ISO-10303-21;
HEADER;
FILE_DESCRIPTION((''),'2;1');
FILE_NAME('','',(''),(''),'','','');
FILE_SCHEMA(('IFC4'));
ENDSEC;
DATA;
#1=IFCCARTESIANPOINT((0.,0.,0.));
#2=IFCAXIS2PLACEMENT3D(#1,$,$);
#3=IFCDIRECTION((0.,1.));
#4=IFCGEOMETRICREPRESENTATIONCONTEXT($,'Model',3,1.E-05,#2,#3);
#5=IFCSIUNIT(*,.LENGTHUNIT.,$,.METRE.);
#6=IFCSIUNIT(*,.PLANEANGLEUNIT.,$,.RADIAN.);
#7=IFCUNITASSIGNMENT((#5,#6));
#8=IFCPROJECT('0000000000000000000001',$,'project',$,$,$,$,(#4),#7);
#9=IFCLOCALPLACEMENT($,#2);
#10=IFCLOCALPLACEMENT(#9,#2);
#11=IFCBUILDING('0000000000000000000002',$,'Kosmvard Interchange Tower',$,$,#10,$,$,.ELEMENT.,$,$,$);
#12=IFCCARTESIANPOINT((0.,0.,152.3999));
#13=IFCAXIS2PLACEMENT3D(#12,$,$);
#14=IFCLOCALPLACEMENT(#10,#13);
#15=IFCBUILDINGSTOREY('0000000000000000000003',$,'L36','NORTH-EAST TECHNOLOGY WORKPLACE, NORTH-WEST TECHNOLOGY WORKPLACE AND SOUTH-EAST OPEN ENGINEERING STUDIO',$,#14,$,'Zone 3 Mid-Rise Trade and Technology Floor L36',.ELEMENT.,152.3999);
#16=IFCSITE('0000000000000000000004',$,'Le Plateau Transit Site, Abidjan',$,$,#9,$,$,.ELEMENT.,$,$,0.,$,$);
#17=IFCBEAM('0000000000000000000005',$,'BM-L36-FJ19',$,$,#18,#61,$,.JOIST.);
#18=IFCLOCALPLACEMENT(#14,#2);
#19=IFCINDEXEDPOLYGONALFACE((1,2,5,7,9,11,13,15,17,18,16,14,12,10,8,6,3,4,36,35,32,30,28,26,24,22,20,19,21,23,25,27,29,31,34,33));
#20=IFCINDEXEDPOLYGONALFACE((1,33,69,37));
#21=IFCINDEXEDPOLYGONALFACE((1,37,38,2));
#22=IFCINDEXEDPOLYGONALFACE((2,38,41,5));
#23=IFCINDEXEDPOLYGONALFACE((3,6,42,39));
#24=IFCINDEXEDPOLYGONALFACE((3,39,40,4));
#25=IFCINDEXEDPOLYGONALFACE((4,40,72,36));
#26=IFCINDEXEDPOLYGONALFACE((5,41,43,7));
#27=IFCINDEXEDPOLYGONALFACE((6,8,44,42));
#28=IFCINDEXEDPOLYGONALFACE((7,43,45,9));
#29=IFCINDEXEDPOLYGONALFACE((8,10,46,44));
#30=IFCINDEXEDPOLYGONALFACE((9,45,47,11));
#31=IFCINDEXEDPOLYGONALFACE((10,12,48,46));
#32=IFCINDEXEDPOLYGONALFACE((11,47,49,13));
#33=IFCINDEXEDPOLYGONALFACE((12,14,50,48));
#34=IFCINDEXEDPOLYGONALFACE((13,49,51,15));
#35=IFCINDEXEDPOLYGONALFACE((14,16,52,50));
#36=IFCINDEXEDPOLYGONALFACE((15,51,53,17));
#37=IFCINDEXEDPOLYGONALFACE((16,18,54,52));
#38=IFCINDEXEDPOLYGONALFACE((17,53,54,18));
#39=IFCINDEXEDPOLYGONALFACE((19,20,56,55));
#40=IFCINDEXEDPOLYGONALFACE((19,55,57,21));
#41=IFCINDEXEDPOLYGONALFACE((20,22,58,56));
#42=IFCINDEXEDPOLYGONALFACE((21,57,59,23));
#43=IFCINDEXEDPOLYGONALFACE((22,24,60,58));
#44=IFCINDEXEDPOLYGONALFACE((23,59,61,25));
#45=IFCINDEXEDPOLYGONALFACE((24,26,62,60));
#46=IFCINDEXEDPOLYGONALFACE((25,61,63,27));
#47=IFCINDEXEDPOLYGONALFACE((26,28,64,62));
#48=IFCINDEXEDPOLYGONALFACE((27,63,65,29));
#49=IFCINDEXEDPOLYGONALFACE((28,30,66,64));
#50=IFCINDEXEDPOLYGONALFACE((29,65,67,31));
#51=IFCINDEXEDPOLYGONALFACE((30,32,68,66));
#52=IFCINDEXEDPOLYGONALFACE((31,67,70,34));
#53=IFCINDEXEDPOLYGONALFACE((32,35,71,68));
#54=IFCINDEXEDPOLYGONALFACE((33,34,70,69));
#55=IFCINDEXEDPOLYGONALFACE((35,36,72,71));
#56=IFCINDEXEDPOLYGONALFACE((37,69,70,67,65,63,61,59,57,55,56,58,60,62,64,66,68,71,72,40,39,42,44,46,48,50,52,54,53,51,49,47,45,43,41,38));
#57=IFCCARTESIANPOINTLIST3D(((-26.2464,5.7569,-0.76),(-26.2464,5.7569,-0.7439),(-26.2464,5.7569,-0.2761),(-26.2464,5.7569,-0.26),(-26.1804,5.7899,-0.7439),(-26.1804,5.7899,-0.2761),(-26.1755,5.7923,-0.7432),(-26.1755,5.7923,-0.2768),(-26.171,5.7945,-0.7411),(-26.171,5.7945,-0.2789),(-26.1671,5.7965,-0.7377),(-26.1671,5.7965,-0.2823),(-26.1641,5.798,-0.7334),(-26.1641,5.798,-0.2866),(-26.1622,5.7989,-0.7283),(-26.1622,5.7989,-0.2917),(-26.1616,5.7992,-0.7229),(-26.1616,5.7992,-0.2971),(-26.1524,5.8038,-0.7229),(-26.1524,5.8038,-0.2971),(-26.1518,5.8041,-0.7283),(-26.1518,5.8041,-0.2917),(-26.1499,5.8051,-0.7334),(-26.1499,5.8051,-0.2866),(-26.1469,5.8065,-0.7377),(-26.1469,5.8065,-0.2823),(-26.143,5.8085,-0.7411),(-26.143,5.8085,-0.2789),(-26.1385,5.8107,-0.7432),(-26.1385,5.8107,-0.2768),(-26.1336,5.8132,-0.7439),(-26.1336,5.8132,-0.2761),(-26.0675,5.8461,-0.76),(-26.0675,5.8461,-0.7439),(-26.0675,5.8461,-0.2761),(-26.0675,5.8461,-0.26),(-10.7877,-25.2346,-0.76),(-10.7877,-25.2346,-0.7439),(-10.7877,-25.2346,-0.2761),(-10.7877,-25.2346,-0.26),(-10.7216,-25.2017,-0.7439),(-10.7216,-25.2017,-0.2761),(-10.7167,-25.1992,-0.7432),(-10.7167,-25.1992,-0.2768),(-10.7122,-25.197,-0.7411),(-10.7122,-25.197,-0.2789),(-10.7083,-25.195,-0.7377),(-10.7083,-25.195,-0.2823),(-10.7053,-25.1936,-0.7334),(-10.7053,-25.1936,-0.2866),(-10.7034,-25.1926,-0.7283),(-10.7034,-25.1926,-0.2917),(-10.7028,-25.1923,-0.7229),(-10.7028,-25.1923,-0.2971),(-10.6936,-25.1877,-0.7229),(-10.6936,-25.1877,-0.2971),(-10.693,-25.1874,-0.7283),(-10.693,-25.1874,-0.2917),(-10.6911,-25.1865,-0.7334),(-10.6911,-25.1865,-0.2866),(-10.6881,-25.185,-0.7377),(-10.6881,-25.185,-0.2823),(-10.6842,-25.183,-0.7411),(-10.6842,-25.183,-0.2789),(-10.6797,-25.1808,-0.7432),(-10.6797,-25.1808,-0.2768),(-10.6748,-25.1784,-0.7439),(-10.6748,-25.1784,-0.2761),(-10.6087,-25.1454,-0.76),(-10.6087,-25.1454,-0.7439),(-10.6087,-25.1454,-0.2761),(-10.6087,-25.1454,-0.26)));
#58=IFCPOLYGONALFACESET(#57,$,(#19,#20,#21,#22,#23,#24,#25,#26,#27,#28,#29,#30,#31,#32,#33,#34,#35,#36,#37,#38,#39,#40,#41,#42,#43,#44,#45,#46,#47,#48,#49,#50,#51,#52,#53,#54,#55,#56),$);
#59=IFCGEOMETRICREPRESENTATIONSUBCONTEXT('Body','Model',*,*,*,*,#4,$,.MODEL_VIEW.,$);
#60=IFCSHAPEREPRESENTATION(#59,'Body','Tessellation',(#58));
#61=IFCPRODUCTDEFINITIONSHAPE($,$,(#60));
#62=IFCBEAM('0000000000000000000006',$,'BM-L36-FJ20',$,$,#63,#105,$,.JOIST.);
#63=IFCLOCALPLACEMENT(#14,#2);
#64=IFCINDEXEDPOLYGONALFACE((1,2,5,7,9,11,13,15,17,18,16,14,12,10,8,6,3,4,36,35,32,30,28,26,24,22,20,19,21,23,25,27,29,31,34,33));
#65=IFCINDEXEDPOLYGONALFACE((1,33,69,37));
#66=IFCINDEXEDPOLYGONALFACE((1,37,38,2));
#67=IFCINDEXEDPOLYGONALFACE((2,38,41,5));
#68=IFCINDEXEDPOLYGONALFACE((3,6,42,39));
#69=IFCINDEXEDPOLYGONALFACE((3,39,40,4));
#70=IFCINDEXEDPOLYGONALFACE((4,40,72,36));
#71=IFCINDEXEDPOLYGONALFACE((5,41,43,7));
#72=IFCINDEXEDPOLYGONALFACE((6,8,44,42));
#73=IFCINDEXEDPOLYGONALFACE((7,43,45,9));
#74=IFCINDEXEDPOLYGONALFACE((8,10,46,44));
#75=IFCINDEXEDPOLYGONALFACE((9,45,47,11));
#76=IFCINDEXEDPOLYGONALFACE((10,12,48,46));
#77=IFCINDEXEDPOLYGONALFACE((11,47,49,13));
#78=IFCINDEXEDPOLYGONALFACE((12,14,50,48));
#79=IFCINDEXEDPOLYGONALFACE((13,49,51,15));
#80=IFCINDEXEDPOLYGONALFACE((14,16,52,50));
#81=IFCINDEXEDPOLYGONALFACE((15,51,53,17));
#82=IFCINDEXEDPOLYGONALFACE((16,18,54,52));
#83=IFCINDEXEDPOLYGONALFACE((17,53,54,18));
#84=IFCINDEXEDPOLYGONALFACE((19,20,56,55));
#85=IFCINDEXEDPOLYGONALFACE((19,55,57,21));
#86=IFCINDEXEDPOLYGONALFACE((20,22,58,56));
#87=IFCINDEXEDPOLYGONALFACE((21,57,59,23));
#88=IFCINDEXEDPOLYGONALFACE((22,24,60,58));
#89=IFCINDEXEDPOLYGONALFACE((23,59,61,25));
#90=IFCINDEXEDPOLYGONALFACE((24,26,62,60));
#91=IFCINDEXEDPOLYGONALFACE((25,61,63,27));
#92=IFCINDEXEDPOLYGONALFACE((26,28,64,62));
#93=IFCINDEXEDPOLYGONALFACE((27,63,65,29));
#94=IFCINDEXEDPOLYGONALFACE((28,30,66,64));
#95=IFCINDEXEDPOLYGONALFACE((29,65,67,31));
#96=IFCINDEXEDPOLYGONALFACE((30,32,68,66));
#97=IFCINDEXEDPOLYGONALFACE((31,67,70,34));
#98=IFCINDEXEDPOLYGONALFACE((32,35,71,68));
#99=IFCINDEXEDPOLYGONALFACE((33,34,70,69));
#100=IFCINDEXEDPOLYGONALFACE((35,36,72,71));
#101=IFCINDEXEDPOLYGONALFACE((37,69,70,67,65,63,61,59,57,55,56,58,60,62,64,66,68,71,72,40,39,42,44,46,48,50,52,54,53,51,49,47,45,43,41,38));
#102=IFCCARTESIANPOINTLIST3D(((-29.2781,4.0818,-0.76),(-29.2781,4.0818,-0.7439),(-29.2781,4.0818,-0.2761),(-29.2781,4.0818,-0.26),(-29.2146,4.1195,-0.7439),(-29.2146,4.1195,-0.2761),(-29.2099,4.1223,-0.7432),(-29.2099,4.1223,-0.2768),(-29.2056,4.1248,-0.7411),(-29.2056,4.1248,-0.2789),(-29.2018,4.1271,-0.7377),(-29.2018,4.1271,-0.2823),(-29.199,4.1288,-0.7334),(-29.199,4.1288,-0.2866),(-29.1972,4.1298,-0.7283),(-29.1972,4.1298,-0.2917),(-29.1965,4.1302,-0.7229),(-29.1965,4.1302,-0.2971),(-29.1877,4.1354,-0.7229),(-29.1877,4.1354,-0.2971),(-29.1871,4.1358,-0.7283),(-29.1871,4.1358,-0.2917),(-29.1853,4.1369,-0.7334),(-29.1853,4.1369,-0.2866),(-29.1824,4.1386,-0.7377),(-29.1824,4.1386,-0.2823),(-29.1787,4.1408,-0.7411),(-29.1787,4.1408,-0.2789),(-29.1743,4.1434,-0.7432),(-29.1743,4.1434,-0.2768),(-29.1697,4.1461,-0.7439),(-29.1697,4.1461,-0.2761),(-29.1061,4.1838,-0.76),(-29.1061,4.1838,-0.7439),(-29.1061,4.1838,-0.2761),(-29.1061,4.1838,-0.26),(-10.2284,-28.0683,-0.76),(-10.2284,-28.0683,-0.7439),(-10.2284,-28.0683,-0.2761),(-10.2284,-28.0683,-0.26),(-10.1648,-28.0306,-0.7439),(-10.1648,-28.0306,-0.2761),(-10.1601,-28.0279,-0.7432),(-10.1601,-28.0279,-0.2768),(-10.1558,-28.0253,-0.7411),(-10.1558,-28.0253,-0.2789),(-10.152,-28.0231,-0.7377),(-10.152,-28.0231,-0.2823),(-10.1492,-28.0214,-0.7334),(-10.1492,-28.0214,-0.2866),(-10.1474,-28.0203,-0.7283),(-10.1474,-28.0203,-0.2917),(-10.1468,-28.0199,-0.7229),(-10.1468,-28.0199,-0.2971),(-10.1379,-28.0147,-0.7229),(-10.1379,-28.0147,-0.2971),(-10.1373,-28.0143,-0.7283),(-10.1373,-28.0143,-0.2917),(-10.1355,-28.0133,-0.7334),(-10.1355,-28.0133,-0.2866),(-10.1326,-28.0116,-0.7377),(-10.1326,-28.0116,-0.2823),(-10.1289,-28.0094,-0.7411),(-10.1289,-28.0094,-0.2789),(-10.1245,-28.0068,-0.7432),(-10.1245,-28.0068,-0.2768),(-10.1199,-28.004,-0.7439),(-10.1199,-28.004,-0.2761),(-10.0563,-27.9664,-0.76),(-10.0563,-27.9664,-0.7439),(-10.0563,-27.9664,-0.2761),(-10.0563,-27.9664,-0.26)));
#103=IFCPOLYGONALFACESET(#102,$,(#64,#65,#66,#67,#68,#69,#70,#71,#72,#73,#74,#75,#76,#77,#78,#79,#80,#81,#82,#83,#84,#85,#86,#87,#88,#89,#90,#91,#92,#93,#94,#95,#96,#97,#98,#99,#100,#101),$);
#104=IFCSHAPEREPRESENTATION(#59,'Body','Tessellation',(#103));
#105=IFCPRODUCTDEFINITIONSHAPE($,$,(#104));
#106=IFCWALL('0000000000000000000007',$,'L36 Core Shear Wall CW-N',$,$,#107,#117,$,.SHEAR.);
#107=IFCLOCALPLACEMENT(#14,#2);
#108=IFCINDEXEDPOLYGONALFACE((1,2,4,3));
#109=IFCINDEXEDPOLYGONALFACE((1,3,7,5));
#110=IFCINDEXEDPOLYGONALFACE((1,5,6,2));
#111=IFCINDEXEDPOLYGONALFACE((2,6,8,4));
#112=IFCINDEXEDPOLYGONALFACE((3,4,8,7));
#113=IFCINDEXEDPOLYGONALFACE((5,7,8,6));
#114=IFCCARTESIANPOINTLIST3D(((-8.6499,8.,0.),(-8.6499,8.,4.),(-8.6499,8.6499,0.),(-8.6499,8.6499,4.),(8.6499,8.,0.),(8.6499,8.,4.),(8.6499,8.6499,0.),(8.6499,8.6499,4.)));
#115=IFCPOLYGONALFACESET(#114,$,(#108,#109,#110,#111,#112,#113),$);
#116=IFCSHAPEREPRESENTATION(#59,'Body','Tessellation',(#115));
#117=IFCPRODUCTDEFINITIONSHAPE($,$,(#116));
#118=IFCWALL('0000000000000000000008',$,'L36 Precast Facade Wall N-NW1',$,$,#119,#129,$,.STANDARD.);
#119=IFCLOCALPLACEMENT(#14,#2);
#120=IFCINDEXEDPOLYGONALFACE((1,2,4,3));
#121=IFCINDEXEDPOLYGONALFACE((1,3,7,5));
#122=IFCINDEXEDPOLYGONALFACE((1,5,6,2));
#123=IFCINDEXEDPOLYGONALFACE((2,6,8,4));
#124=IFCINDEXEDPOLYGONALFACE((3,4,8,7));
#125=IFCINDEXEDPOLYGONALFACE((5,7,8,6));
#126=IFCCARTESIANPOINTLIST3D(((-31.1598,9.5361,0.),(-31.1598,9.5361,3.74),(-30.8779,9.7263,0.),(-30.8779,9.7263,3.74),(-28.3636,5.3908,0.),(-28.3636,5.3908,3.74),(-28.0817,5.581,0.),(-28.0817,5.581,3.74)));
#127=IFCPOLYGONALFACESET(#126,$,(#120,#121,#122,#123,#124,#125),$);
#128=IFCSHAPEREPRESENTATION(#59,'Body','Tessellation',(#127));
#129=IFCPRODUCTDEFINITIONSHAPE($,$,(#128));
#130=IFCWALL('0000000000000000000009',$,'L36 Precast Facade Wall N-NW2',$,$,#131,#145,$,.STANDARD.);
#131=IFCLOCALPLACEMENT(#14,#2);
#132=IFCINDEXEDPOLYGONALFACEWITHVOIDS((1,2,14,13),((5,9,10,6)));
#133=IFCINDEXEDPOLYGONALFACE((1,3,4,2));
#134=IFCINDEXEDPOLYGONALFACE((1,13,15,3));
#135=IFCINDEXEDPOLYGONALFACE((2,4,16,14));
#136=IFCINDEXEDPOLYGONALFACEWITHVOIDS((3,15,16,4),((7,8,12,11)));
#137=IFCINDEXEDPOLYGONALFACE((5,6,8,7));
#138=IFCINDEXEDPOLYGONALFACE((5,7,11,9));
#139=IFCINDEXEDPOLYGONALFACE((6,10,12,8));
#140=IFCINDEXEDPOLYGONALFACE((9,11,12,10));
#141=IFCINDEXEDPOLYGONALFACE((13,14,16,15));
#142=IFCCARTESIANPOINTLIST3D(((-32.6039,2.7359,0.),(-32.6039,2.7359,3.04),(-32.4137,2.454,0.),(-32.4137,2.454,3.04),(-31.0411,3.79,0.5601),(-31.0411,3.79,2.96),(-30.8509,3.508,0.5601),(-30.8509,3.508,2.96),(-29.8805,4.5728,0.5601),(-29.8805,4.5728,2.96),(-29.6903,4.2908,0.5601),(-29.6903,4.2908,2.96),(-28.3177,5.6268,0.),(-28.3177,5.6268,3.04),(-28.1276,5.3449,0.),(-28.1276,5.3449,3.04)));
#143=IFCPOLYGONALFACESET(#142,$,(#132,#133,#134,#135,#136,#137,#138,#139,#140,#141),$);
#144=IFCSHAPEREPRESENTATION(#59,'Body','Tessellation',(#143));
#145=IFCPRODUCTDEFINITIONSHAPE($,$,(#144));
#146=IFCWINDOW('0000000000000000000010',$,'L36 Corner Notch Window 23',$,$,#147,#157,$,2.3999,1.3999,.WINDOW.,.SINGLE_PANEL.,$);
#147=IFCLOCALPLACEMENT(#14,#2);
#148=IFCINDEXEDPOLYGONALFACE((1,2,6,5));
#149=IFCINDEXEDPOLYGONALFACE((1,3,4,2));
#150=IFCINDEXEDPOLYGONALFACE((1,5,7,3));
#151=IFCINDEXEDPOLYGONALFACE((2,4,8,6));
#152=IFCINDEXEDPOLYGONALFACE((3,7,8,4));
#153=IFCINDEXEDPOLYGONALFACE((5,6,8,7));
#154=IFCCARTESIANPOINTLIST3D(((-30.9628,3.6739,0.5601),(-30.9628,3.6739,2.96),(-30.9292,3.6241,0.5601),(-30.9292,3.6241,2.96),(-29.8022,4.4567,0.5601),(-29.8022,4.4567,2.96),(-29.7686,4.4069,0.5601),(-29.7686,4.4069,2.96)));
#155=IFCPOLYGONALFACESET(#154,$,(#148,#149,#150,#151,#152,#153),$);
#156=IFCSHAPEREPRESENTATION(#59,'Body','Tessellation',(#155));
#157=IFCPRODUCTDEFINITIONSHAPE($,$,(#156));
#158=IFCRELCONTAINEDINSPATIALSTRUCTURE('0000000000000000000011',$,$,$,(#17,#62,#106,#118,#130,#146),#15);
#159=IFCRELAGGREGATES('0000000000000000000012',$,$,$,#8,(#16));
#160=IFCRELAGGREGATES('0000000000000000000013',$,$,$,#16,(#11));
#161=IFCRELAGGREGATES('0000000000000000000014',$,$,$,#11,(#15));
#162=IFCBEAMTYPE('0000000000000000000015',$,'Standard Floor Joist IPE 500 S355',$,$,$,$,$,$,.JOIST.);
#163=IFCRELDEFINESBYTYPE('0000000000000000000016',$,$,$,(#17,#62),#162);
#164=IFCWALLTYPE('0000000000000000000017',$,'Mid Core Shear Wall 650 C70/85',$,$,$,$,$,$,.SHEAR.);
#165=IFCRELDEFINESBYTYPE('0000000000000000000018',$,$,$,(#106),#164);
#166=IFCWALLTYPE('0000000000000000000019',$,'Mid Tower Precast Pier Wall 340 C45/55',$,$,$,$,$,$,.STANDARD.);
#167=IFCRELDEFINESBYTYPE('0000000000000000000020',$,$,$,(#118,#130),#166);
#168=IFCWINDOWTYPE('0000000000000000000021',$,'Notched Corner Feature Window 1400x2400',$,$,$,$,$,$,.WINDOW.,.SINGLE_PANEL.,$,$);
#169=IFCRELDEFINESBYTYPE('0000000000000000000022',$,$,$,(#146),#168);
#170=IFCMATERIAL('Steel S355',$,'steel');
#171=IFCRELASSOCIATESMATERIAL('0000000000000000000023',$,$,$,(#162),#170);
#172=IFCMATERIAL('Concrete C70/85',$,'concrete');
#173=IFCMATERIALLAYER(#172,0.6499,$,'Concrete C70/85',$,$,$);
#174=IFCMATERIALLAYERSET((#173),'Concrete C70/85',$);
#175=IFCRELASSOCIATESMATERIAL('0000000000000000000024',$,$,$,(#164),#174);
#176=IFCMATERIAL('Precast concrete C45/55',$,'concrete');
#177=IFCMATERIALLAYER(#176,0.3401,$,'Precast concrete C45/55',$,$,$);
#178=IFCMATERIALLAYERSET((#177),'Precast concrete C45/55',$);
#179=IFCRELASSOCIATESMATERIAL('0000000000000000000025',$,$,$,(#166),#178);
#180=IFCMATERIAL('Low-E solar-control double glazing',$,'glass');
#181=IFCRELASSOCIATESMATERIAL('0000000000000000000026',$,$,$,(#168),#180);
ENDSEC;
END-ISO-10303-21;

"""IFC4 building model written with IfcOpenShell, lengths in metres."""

from ifc_helpers import new_model, si_unit, direction, frame, frame_2d, origin, origin_2d, place, context, subcontext, project, spatial, rectangle, i_section, extrude, source, transform, mapped, material, layer, layer_set, material_profile, profile_set, type_object, element, fill, save


model = new_model("IFC4")

# Units and contexts
model_context = context("Model", 3, precision=1e-05, world=origin(), true_north=direction((0.0, 1.0)))
body_context = subcontext(model_context, "Body", "Model", "MODEL_VIEW")
ifc_project = project(units=[si_unit("LENGTHUNIT", "METRE"), si_unit("PLANEANGLEUNIT", "RADIAN")], contexts=[model_context])

# Site, building, storey
site_placement = place(None, origin())
site = spatial("IfcSite", under=ifc_project, at=site_placement, Name="Le Plateau Transit Site, Abidjan", CompositionType="ELEMENT", RefElevation=0.0)
building_placement = place(site_placement, origin())
building = spatial("IfcBuilding", under=site, at=building_placement, Name="Kosmvard Interchange Tower", CompositionType="ELEMENT")
storey_placement = place(building_placement, frame((0.0, 0.0, 152.3999)))
storey = spatial("IfcBuildingStorey", under=building, at=storey_placement, Name="L36", Description="NORTH-EAST TECHNOLOGY WORKPLACE, NORTH-WEST TECHNOLOGY WORKPLACE AND SOUTH-EAST OPEN ENGINEERING STUDIO", LongName="Zone 3 Mid-Rise Trade and Technology Floor L36", CompositionType="ELEMENT", Elevation=152.3999)

# Beams
ifc_material_1 = material(Name="Steel S355", Category="steel")
ifc_material_2 = material(Name="Precast concrete C45/55", Category="concrete")
ifc_material_profile_1 = material_profile(ifc_material_1, i_section(OverallWidth=0.2, OverallDepth=0.5, WebThickness=0.0103, FlangeThickness=0.0161, FilletRadius=0.021, at=origin_2d()), Name="IPE 500")
ifc_profile_set_1 = profile_set([ifc_material_profile_1], Name="Steel S355")
beam_type_1 = type_object("IfcBeamType", Name="Standard Floor Joist IPE 500 S355", PredefinedType="JOIST", material=ifc_profile_set_1)
shared_shape_1 = source(origin(), body_context, "Body", "SweptSolid", [
    extrude(i_section(OverallWidth=0.2, OverallDepth=0.5, WebThickness=0.0103, FlangeThickness=0.0161, FilletRadius=0.021, at=origin_2d()), origin(), (0.0, 0.0, 1.0), 34.6331),
])
beam_1_placement = place(storey_placement, frame((-26.157, 5.8015, -0.51), z_axis=(0.446359, -0.894854, 0.0), x_axis=(0.894854, 0.446359, 0.0)))
element("IfcBeam", 1, at=beam_1_placement, inside=storey, type_object=beam_type_1, Name="BM-L36-FJ19", PredefinedType="JOIST", context=body_context, shape_type="MappedRepresentation", body=[
    mapped(shared_shape_1, transform((0.0, 0.0, 0.0), scale=1.0)),
])
shared_shape_2 = source(origin(), body_context, "Body", "SweptSolid", [
    extrude(i_section(OverallWidth=0.2, OverallDepth=0.5, WebThickness=0.0103, FlangeThickness=0.0161, FilletRadius=0.021, at=origin_2d()), origin(), (0.0, 0.0, 1.0), 37.3701),
])
beam_2_placement = place(storey_placement, frame((-29.1921, 4.1328, -0.51), z_axis=(0.50976, -0.860317, 0.0), x_axis=(0.860317, 0.50976, 0.0)))
element("IfcBeam", 2, at=beam_2_placement, inside=storey, type_object=beam_type_1, Name="BM-L36-FJ20", PredefinedType="JOIST", context=body_context, shape_type="MappedRepresentation", body=[
    mapped(shared_shape_2, transform((0.0, 0.0, 0.0), scale=1.0)),
])

# Walls
ifc_material_3 = material(Name="Concrete C70/85", Category="concrete")
ifc_layer_1 = layer(ifc_material_3, 0.6499, Name="Concrete C70/85")
ifc_layer_set_1 = layer_set([ifc_layer_1], Name="Concrete C70/85")
wall_type_1 = type_object("IfcWallType", Name="Mid Core Shear Wall 650 C70/85", PredefinedType="SHEAR", material=ifc_layer_set_1)
wall_1_placement = place(storey_placement, frame((-8.6499, 8.325, 0.0), z_axis=(0.0, 0.0, 1.0), x_axis=(1.0, 0.0, 0.0)))
element("IfcWall", 3, at=wall_1_placement, inside=storey, type_object=wall_type_1, Name="L36 Core Shear Wall CW-N", PredefinedType="SHEAR", context=body_context, shape_type="SweptSolid", body=[
    extrude(rectangle(XDim=17.2998, YDim=0.6499, at=frame_2d((8.6499, 0.0))), origin(), (0.0, 0.0, 1.0), 4.0),
])
ifc_layer_2 = layer(ifc_material_2, 0.3401, Name="Precast concrete C45/55")
ifc_layer_set_2 = layer_set([ifc_layer_2], Name="Precast concrete C45/55")
wall_type_2 = type_object("IfcWallType", Name="Mid Tower Precast Pier Wall 340 C45/55", PredefinedType="STANDARD", material=ifc_layer_set_2)
wall_2_placement = place(storey_placement, frame((-31.0188, 9.6311, 0.0), z_axis=(0.0, 0.0, 1.0), x_axis=(0.55921, -0.829026, 0.0)))
element("IfcWall", 4, at=wall_2_placement, inside=storey, type_object=wall_type_2, Name="L36 Precast Facade Wall N-NW1", PredefinedType="STANDARD", context=body_context, shape_type="SweptSolid", body=[
    extrude(rectangle(XDim=5.0002, YDim=0.3401, at=frame_2d((2.5, 0.0))), origin(), (0.0, 0.0, 1.0), 3.74),
])

# Wall, opening, window
wall_3_placement = place(storey_placement, frame((-28.2227, 5.4858, 0.0), z_axis=(0.0, 0.0, 1.0), x_axis=(-0.829052, -0.559171, 0.0)))
wall_3 = element("IfcWall", 5, at=wall_3_placement, inside=storey, type_object=wall_type_2, Name="L36 Precast Facade Wall N-NW2", PredefinedType="STANDARD", context=body_context, shape_type="SweptSolid", body=[
    extrude(rectangle(XDim=5.1699, YDim=0.3401, at=frame_2d((2.585, 0.0))), origin(), (0.0, 0.0, 1.0), 3.04),
])
opening_1_placement = place(wall_3_placement, frame((1.885, 0.0, 0.5601)))
opening_1 = element("IfcOpeningElement", 6, at=opening_1_placement, cuts=wall_3, PredefinedType="OPENING", context=body_context, shape_type="SweptSolid", body=[
    extrude(rectangle(XDim=1.3999, YDim=2.3999, at=frame_2d((0.7, 1.2))), frame((0.0, 0.1802, 0.0), z_axis=(0.0, -1.0, 0.0), x_axis=(1.0, 0.0, 0.0)), (0.0, 0.0, 1.0), 0.3601),
])
ifc_material_4 = material(Name="Low-E solar-control double glazing", Category="glass")
window_type_1 = type_object("IfcWindowType", Name="Notched Corner Feature Window 1400x2400", PartitioningType="SINGLE_PANEL", PredefinedType="WINDOW", material=ifc_material_4)
shared_shape_3 = source(origin(), body_context, "Body", "SweptSolid", [
    extrude(rectangle(XDim=1.3999, YDim=2.3999, at=frame_2d((0.7, 1.2))), frame((0.0, 0.03, 0.0), z_axis=(0.0, -1.0, 0.0), x_axis=(1.0, 0.0, 0.0)), (0.0, 0.0, 1.0), 0.0601),
])
window_1_placement = place(opening_1_placement, origin())
window_1 = element("IfcWindow", 7, at=window_1_placement, inside=storey, type_object=window_type_1, Name="L36 Corner Notch Window 23", OverallHeight=2.3999, OverallWidth=1.3999, PartitioningType="SINGLE_PANEL", PredefinedType="WINDOW", context=body_context, shape_type="MappedRepresentation", body=[
    mapped(shared_shape_3, transform((0.0, 0.0, 0.0), scale=1.0)),
])
fill(opening_1, window_1)

save(model, "model.ifc")
